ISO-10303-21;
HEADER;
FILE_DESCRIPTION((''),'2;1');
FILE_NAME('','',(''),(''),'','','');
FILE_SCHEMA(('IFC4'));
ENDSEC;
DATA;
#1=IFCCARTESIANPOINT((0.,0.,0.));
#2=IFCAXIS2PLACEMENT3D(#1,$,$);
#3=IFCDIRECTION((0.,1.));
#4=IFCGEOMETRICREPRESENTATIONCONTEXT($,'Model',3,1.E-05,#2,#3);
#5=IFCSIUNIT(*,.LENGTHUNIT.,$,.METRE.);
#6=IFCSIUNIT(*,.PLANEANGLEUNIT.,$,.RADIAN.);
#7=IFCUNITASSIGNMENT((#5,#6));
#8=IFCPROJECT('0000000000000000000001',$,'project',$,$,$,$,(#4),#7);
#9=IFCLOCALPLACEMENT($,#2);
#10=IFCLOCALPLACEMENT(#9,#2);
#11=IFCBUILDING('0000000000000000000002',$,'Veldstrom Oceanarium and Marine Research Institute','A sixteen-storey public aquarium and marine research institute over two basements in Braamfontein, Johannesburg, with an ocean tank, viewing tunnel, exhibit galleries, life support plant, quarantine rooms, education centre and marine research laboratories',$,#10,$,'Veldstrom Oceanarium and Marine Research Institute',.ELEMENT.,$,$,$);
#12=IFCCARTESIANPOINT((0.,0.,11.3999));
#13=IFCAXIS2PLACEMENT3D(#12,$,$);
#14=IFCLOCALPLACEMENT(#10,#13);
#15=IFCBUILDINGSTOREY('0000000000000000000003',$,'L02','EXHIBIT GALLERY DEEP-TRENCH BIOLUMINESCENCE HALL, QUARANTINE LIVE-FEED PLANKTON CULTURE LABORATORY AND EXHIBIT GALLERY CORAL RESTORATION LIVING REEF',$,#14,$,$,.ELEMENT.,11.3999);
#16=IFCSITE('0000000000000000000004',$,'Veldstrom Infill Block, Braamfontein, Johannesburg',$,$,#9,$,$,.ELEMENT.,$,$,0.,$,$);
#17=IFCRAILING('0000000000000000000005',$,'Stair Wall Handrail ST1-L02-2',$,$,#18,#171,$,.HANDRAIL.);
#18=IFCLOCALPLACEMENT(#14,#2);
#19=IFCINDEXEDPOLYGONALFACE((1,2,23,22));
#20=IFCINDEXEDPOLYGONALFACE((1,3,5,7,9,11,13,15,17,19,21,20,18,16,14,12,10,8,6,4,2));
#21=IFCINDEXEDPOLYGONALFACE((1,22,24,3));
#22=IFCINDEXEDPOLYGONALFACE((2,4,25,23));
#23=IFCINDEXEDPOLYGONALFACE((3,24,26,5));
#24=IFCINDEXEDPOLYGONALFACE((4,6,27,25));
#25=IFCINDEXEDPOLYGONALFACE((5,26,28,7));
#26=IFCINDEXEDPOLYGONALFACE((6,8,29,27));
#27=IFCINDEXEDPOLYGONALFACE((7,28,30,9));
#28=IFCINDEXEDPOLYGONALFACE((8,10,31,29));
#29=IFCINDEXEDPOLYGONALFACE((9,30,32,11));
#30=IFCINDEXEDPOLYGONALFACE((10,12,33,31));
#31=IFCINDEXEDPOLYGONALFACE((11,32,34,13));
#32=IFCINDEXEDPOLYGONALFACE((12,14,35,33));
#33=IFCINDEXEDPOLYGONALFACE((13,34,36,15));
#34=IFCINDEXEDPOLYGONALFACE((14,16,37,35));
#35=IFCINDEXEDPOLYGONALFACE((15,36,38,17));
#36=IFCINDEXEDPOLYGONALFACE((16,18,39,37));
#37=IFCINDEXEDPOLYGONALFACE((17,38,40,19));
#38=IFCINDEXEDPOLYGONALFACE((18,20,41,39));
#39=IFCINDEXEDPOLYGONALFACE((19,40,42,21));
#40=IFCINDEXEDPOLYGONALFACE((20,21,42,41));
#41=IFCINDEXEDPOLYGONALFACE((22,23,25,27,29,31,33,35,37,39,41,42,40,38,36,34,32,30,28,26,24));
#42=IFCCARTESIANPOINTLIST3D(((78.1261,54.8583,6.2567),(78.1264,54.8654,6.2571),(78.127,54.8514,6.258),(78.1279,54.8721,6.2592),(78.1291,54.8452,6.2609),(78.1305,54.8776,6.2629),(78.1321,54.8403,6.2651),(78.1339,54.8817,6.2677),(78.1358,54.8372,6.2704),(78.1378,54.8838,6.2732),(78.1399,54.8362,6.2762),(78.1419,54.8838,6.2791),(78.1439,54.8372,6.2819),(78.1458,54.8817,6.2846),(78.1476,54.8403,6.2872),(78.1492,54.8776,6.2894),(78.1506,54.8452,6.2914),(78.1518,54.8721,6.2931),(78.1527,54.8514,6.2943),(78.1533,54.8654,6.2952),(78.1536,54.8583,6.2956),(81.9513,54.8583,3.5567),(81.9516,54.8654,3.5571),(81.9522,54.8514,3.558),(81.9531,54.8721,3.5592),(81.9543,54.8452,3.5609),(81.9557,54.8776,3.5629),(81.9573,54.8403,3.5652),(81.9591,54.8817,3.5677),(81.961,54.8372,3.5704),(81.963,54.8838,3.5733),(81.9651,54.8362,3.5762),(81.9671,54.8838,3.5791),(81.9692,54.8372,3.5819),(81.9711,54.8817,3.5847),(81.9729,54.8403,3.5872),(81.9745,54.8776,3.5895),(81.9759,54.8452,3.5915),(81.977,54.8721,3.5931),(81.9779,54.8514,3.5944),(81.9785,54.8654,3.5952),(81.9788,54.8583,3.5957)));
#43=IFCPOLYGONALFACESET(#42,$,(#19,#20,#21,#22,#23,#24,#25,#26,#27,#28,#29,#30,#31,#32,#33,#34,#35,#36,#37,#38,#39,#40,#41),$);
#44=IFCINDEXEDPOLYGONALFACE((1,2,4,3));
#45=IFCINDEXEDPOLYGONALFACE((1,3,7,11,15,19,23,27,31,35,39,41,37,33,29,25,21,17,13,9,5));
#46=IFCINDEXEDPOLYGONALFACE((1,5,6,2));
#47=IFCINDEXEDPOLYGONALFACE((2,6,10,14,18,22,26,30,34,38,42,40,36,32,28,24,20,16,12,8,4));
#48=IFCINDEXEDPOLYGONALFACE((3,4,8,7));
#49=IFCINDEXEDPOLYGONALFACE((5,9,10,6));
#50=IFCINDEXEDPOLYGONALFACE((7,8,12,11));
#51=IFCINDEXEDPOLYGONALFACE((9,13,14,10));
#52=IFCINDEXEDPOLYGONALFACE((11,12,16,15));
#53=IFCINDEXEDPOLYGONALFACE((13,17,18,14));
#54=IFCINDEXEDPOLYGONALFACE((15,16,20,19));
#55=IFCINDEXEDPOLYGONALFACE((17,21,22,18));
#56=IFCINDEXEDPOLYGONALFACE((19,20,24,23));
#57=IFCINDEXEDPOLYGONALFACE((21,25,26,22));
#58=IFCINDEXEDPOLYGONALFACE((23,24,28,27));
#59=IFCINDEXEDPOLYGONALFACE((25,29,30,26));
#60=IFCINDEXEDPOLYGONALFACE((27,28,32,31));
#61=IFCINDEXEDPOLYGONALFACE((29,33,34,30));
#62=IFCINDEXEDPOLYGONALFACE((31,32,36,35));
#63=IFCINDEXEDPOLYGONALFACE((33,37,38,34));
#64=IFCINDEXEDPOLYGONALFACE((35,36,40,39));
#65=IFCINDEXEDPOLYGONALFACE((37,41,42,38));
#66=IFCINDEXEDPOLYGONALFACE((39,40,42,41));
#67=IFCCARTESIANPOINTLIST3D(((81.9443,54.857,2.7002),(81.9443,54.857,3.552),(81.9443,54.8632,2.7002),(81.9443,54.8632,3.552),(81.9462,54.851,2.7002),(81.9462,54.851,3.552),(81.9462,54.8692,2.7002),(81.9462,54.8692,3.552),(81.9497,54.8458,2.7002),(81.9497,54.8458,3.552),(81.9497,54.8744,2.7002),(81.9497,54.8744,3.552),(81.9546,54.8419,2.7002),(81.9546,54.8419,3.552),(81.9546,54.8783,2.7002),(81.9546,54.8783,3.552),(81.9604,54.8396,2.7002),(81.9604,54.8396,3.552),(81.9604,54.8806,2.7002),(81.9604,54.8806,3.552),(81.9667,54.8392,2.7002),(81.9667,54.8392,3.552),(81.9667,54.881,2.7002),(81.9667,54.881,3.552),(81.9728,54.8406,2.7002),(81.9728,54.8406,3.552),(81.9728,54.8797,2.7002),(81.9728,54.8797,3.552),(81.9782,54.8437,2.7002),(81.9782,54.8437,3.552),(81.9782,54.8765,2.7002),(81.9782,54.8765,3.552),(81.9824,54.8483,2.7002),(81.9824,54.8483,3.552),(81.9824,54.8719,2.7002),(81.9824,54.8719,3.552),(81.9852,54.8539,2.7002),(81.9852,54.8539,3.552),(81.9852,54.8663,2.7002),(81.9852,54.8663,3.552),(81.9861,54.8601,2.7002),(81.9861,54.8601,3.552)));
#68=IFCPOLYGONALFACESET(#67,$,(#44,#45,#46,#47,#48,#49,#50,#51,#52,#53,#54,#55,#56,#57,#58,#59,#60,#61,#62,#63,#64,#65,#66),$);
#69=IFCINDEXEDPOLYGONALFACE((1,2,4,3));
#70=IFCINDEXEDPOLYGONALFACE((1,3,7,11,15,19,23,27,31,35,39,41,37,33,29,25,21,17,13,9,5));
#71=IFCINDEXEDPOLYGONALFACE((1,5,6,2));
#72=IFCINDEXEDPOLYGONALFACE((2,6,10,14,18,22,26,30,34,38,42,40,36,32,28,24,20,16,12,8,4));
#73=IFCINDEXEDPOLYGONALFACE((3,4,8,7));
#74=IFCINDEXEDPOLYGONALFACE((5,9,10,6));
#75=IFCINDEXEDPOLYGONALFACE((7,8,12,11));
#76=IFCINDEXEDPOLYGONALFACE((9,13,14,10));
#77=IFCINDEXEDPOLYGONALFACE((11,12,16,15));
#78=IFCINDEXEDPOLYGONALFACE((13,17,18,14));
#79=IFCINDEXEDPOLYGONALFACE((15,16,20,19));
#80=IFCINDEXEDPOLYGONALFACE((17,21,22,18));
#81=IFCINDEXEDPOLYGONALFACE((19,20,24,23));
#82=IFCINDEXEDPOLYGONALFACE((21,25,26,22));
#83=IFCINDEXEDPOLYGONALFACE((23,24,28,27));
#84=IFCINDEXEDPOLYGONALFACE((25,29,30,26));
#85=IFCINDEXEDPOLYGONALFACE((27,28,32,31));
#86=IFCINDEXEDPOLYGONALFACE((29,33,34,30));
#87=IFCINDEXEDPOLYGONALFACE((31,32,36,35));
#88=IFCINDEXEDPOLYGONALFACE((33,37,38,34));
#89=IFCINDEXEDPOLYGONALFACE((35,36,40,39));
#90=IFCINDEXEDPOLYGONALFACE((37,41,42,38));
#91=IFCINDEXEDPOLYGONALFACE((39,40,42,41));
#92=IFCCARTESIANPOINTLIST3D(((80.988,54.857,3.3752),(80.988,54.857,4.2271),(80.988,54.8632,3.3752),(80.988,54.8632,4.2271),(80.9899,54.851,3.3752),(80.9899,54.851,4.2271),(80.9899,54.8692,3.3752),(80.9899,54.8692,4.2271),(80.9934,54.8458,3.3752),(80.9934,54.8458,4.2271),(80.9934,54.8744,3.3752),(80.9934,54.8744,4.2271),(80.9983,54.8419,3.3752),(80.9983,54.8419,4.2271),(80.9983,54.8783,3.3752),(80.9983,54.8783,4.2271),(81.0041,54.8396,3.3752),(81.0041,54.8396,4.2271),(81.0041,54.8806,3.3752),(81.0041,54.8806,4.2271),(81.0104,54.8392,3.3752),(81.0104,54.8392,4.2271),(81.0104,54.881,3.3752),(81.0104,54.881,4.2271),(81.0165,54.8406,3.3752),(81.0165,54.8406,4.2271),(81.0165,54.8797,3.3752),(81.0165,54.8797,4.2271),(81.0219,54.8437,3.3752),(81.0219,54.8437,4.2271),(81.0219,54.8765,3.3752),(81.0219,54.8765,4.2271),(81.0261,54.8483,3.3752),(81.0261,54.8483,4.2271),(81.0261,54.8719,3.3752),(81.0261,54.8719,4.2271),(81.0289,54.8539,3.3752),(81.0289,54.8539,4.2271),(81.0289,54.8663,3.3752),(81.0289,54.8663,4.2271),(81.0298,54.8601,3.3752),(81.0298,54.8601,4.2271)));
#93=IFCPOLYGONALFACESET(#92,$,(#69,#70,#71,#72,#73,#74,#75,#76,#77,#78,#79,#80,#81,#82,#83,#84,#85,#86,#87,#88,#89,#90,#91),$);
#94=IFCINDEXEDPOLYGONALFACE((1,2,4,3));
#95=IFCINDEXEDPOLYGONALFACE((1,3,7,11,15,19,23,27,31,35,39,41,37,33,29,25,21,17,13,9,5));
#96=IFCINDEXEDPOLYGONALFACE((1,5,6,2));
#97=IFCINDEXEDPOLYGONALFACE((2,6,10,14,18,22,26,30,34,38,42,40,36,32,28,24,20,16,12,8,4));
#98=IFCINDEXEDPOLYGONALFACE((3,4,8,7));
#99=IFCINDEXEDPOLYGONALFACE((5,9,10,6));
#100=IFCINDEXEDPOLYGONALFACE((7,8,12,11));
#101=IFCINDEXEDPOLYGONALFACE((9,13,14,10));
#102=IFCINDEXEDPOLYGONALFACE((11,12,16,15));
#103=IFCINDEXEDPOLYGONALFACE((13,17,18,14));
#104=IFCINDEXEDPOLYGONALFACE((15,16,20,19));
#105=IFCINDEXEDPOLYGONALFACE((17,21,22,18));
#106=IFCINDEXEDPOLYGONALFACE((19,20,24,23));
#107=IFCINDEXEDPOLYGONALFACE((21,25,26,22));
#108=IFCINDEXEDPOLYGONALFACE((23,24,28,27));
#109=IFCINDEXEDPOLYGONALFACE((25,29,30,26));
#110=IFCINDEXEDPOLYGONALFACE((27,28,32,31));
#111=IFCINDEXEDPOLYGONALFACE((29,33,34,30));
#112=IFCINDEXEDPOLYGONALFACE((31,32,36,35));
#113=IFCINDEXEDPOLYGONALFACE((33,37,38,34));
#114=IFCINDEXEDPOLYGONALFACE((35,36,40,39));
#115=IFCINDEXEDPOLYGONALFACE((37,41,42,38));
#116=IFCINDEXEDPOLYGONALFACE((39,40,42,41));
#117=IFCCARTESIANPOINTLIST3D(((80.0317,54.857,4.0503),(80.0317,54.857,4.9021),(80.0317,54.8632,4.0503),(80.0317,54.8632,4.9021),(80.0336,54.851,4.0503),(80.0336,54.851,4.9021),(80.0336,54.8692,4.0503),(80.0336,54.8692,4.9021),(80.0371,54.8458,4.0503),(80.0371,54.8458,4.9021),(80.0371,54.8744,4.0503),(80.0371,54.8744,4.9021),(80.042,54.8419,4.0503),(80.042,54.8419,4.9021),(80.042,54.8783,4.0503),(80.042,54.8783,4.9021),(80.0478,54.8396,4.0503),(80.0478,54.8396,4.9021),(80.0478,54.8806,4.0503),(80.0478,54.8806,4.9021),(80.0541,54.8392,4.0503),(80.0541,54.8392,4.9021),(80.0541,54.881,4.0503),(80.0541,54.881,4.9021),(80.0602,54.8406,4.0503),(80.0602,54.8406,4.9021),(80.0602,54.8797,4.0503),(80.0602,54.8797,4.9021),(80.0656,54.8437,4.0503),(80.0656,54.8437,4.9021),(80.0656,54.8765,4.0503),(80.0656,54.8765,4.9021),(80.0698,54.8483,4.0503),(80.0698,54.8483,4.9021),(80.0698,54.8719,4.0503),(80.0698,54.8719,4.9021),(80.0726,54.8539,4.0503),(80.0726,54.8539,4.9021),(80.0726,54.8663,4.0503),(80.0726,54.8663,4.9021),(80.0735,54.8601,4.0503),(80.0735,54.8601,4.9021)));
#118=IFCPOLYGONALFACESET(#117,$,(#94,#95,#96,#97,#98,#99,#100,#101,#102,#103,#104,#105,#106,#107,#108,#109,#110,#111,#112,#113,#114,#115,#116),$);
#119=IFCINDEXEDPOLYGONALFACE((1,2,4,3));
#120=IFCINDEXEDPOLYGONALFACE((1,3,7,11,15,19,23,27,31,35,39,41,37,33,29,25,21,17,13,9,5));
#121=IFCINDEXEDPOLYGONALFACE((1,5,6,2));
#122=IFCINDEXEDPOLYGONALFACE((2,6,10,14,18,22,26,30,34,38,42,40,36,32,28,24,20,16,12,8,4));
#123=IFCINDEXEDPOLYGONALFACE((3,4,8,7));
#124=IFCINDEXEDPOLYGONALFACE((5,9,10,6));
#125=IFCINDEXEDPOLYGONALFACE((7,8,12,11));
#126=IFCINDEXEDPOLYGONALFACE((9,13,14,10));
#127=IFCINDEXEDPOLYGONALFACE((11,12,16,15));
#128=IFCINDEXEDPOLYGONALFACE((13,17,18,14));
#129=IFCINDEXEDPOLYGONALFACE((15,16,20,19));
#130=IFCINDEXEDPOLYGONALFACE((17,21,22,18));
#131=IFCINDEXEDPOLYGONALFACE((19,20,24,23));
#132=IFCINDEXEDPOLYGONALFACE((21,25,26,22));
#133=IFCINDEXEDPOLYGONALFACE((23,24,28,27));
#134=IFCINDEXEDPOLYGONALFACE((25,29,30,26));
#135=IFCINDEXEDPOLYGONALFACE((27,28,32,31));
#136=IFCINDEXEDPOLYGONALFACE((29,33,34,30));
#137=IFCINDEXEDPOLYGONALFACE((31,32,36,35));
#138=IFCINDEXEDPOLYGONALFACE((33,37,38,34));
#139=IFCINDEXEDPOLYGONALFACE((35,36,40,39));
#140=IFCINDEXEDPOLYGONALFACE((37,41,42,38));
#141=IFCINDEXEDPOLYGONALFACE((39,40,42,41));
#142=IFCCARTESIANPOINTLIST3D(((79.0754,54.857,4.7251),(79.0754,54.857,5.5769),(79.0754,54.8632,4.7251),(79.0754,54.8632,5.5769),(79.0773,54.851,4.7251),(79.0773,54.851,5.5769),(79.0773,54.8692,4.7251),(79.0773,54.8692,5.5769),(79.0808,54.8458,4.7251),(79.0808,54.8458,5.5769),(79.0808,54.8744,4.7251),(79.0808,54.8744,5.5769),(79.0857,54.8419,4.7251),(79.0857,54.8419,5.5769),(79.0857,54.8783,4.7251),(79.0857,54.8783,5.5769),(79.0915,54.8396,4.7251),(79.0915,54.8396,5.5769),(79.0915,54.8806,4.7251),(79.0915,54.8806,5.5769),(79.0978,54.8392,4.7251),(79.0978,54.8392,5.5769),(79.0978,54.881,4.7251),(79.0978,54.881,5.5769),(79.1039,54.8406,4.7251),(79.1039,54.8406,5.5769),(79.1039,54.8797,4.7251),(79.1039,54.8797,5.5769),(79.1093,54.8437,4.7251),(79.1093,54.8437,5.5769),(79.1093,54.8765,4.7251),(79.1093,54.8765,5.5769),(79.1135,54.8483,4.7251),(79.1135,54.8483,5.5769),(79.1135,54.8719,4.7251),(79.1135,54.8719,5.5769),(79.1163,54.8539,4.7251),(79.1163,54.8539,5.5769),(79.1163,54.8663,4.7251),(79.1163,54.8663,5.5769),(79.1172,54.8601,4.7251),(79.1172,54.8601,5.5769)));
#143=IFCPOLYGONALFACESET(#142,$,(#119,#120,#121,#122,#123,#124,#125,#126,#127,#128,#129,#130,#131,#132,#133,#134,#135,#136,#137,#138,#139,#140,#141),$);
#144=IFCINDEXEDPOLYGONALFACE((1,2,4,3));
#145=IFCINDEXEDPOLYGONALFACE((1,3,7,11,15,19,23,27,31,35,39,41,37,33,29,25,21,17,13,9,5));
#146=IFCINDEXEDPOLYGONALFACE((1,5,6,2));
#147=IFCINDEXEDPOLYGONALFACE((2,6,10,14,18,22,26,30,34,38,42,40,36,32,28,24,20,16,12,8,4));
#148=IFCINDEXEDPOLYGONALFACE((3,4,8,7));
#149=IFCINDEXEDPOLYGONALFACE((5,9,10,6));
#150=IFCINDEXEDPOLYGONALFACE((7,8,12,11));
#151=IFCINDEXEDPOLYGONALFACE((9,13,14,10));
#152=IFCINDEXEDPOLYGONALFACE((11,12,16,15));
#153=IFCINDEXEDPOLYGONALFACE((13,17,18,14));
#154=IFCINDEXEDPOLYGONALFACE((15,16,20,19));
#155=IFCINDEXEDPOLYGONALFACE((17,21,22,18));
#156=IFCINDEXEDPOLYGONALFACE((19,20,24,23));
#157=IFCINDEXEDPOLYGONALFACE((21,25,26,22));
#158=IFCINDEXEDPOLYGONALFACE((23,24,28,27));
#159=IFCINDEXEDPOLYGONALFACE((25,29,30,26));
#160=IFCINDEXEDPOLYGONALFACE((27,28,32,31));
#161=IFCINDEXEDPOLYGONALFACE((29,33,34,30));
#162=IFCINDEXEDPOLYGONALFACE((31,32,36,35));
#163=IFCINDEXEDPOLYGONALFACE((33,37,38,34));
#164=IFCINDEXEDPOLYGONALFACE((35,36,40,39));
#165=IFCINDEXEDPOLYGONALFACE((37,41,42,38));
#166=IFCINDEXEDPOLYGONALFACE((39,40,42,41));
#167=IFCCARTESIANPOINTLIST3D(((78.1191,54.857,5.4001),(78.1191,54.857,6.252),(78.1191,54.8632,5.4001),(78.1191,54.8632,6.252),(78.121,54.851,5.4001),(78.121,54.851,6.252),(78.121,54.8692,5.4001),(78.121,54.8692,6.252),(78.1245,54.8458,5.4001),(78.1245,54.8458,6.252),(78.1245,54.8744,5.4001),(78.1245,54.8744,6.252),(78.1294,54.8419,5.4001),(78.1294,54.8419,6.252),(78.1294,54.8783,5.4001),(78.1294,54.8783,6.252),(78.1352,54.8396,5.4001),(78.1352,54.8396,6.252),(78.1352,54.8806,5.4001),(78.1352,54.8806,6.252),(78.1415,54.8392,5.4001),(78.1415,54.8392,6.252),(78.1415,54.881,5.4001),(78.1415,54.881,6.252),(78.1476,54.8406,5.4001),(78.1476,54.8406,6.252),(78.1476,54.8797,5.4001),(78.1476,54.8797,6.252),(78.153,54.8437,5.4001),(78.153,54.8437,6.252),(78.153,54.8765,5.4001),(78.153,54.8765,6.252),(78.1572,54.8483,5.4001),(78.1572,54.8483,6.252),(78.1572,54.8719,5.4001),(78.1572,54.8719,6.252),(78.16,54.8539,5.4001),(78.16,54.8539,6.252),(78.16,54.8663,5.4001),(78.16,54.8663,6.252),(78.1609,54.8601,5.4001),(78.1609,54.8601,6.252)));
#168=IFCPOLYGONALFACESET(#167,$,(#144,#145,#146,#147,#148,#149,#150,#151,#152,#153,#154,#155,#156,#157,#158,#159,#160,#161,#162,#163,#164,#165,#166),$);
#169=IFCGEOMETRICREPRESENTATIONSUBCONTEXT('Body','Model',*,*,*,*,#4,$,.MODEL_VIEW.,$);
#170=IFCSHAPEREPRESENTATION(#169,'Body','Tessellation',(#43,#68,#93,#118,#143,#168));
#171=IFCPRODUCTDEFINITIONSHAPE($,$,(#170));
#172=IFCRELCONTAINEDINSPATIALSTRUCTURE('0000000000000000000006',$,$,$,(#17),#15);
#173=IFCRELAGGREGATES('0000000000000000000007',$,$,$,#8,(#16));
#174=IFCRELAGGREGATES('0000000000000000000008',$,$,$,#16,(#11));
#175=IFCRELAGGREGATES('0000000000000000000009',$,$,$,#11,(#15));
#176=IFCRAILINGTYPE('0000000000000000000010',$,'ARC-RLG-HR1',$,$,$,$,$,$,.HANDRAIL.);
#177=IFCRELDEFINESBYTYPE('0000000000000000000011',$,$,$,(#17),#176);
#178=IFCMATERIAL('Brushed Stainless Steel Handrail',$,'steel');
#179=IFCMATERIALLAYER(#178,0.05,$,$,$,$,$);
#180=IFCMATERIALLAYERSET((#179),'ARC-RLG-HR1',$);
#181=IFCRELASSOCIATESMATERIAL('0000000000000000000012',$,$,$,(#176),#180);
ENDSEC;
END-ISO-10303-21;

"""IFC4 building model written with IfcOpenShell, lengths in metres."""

from ifc_helpers import new_model, si_unit, direction, frame, origin, origin_2d, place, context, subcontext, project, spatial, circle, extrude, material, layer, layer_set, type_object, element, save


model = new_model("IFC4")

# Units and contexts
model_context = context("Model", 3, precision=1e-05, world=origin(), true_north=direction((0.0, 1.0)))
body_context = subcontext(model_context, "Body", "Model", "MODEL_VIEW")
ifc_project = project(units=[si_unit("LENGTHUNIT", "METRE"), si_unit("PLANEANGLEUNIT", "RADIAN")], contexts=[model_context])

# Site, building, storey
site_placement = place(None, origin())
site = spatial("IfcSite", under=ifc_project, at=site_placement, Name="Veldstrom Infill Block, Braamfontein, Johannesburg", CompositionType="ELEMENT", RefElevation=0.0)
building_placement = place(site_placement, origin())
building = spatial("IfcBuilding", under=site, at=building_placement, Name="Veldstrom Oceanarium and Marine Research Institute", Description="A sixteen-storey public aquarium and marine research institute over two basements in Braamfontein, Johannesburg, with an ocean tank, viewing tunnel, exhibit galleries, life support plant, quarantine rooms, education centre and marine research laboratories", LongName="Veldstrom Oceanarium and Marine Research Institute", CompositionType="ELEMENT")
storey_placement = place(building_placement, frame((0.0, 0.0, 11.3999)))
storey = spatial("IfcBuildingStorey", under=building, at=storey_placement, Name="L02", Description="EXHIBIT GALLERY DEEP-TRENCH BIOLUMINESCENCE HALL, QUARANTINE LIVE-FEED PLANKTON CULTURE LABORATORY AND EXHIBIT GALLERY CORAL RESTORATION LIVING REEF", CompositionType="ELEMENT", Elevation=11.3999)

# Railing
ifc_material_1 = material(Name="Brushed Stainless Steel Handrail", Category="steel")
ifc_layer_1 = layer(ifc_material_1, 0.05)
ifc_layer_set_1 = layer_set([ifc_layer_1], Name="ARC-RLG-HR1")
railing_type_1 = type_object("IfcRailingType", Name="ARC-RLG-HR1", PredefinedType="HANDRAIL", material=ifc_layer_set_1)
railing_1_placement = place(storey_placement, frame((81.9651, 54.8601, 2.7002)))
element("IfcRailing", 1, at=railing_1_placement, inside=storey, type_object=railing_type_1, Name="Stair Wall Handrail ST1-L02-2", PredefinedType="HANDRAIL", context=body_context, shape_type="SweptSolid", body=[
    extrude(circle(Radius=0.0239, at=origin_2d()), frame((0.0, 0.0, 0.876), z_axis=(-0.816987, 0.0, 0.576657), x_axis=(0.0, -1.0, 0.0)), (0.0, 0.0, 1.0), 4.6821),
    extrude(circle(Radius=0.021, at=origin_2d()), origin(), (0.0, 0.0, 1.0), 0.8518),
    extrude(circle(Radius=0.021, at=origin_2d()), frame((-0.9563, 0.0, 0.675)), (0.0, 0.0, 1.0), 0.8518),
    extrude(circle(Radius=0.021, at=origin_2d()), frame((-1.9126, 0.0, 1.3501)), (0.0, 0.0, 1.0), 0.8518),
    extrude(circle(Radius=0.021, at=origin_2d()), frame((-2.8689, 0.0, 2.0249)), (0.0, 0.0, 1.0), 0.8518),
    extrude(circle(Radius=0.021, at=origin_2d()), frame((-3.8252, 0.0, 2.7)), (0.0, 0.0, 1.0), 0.8518),
])

save(model, "model.ifc")
